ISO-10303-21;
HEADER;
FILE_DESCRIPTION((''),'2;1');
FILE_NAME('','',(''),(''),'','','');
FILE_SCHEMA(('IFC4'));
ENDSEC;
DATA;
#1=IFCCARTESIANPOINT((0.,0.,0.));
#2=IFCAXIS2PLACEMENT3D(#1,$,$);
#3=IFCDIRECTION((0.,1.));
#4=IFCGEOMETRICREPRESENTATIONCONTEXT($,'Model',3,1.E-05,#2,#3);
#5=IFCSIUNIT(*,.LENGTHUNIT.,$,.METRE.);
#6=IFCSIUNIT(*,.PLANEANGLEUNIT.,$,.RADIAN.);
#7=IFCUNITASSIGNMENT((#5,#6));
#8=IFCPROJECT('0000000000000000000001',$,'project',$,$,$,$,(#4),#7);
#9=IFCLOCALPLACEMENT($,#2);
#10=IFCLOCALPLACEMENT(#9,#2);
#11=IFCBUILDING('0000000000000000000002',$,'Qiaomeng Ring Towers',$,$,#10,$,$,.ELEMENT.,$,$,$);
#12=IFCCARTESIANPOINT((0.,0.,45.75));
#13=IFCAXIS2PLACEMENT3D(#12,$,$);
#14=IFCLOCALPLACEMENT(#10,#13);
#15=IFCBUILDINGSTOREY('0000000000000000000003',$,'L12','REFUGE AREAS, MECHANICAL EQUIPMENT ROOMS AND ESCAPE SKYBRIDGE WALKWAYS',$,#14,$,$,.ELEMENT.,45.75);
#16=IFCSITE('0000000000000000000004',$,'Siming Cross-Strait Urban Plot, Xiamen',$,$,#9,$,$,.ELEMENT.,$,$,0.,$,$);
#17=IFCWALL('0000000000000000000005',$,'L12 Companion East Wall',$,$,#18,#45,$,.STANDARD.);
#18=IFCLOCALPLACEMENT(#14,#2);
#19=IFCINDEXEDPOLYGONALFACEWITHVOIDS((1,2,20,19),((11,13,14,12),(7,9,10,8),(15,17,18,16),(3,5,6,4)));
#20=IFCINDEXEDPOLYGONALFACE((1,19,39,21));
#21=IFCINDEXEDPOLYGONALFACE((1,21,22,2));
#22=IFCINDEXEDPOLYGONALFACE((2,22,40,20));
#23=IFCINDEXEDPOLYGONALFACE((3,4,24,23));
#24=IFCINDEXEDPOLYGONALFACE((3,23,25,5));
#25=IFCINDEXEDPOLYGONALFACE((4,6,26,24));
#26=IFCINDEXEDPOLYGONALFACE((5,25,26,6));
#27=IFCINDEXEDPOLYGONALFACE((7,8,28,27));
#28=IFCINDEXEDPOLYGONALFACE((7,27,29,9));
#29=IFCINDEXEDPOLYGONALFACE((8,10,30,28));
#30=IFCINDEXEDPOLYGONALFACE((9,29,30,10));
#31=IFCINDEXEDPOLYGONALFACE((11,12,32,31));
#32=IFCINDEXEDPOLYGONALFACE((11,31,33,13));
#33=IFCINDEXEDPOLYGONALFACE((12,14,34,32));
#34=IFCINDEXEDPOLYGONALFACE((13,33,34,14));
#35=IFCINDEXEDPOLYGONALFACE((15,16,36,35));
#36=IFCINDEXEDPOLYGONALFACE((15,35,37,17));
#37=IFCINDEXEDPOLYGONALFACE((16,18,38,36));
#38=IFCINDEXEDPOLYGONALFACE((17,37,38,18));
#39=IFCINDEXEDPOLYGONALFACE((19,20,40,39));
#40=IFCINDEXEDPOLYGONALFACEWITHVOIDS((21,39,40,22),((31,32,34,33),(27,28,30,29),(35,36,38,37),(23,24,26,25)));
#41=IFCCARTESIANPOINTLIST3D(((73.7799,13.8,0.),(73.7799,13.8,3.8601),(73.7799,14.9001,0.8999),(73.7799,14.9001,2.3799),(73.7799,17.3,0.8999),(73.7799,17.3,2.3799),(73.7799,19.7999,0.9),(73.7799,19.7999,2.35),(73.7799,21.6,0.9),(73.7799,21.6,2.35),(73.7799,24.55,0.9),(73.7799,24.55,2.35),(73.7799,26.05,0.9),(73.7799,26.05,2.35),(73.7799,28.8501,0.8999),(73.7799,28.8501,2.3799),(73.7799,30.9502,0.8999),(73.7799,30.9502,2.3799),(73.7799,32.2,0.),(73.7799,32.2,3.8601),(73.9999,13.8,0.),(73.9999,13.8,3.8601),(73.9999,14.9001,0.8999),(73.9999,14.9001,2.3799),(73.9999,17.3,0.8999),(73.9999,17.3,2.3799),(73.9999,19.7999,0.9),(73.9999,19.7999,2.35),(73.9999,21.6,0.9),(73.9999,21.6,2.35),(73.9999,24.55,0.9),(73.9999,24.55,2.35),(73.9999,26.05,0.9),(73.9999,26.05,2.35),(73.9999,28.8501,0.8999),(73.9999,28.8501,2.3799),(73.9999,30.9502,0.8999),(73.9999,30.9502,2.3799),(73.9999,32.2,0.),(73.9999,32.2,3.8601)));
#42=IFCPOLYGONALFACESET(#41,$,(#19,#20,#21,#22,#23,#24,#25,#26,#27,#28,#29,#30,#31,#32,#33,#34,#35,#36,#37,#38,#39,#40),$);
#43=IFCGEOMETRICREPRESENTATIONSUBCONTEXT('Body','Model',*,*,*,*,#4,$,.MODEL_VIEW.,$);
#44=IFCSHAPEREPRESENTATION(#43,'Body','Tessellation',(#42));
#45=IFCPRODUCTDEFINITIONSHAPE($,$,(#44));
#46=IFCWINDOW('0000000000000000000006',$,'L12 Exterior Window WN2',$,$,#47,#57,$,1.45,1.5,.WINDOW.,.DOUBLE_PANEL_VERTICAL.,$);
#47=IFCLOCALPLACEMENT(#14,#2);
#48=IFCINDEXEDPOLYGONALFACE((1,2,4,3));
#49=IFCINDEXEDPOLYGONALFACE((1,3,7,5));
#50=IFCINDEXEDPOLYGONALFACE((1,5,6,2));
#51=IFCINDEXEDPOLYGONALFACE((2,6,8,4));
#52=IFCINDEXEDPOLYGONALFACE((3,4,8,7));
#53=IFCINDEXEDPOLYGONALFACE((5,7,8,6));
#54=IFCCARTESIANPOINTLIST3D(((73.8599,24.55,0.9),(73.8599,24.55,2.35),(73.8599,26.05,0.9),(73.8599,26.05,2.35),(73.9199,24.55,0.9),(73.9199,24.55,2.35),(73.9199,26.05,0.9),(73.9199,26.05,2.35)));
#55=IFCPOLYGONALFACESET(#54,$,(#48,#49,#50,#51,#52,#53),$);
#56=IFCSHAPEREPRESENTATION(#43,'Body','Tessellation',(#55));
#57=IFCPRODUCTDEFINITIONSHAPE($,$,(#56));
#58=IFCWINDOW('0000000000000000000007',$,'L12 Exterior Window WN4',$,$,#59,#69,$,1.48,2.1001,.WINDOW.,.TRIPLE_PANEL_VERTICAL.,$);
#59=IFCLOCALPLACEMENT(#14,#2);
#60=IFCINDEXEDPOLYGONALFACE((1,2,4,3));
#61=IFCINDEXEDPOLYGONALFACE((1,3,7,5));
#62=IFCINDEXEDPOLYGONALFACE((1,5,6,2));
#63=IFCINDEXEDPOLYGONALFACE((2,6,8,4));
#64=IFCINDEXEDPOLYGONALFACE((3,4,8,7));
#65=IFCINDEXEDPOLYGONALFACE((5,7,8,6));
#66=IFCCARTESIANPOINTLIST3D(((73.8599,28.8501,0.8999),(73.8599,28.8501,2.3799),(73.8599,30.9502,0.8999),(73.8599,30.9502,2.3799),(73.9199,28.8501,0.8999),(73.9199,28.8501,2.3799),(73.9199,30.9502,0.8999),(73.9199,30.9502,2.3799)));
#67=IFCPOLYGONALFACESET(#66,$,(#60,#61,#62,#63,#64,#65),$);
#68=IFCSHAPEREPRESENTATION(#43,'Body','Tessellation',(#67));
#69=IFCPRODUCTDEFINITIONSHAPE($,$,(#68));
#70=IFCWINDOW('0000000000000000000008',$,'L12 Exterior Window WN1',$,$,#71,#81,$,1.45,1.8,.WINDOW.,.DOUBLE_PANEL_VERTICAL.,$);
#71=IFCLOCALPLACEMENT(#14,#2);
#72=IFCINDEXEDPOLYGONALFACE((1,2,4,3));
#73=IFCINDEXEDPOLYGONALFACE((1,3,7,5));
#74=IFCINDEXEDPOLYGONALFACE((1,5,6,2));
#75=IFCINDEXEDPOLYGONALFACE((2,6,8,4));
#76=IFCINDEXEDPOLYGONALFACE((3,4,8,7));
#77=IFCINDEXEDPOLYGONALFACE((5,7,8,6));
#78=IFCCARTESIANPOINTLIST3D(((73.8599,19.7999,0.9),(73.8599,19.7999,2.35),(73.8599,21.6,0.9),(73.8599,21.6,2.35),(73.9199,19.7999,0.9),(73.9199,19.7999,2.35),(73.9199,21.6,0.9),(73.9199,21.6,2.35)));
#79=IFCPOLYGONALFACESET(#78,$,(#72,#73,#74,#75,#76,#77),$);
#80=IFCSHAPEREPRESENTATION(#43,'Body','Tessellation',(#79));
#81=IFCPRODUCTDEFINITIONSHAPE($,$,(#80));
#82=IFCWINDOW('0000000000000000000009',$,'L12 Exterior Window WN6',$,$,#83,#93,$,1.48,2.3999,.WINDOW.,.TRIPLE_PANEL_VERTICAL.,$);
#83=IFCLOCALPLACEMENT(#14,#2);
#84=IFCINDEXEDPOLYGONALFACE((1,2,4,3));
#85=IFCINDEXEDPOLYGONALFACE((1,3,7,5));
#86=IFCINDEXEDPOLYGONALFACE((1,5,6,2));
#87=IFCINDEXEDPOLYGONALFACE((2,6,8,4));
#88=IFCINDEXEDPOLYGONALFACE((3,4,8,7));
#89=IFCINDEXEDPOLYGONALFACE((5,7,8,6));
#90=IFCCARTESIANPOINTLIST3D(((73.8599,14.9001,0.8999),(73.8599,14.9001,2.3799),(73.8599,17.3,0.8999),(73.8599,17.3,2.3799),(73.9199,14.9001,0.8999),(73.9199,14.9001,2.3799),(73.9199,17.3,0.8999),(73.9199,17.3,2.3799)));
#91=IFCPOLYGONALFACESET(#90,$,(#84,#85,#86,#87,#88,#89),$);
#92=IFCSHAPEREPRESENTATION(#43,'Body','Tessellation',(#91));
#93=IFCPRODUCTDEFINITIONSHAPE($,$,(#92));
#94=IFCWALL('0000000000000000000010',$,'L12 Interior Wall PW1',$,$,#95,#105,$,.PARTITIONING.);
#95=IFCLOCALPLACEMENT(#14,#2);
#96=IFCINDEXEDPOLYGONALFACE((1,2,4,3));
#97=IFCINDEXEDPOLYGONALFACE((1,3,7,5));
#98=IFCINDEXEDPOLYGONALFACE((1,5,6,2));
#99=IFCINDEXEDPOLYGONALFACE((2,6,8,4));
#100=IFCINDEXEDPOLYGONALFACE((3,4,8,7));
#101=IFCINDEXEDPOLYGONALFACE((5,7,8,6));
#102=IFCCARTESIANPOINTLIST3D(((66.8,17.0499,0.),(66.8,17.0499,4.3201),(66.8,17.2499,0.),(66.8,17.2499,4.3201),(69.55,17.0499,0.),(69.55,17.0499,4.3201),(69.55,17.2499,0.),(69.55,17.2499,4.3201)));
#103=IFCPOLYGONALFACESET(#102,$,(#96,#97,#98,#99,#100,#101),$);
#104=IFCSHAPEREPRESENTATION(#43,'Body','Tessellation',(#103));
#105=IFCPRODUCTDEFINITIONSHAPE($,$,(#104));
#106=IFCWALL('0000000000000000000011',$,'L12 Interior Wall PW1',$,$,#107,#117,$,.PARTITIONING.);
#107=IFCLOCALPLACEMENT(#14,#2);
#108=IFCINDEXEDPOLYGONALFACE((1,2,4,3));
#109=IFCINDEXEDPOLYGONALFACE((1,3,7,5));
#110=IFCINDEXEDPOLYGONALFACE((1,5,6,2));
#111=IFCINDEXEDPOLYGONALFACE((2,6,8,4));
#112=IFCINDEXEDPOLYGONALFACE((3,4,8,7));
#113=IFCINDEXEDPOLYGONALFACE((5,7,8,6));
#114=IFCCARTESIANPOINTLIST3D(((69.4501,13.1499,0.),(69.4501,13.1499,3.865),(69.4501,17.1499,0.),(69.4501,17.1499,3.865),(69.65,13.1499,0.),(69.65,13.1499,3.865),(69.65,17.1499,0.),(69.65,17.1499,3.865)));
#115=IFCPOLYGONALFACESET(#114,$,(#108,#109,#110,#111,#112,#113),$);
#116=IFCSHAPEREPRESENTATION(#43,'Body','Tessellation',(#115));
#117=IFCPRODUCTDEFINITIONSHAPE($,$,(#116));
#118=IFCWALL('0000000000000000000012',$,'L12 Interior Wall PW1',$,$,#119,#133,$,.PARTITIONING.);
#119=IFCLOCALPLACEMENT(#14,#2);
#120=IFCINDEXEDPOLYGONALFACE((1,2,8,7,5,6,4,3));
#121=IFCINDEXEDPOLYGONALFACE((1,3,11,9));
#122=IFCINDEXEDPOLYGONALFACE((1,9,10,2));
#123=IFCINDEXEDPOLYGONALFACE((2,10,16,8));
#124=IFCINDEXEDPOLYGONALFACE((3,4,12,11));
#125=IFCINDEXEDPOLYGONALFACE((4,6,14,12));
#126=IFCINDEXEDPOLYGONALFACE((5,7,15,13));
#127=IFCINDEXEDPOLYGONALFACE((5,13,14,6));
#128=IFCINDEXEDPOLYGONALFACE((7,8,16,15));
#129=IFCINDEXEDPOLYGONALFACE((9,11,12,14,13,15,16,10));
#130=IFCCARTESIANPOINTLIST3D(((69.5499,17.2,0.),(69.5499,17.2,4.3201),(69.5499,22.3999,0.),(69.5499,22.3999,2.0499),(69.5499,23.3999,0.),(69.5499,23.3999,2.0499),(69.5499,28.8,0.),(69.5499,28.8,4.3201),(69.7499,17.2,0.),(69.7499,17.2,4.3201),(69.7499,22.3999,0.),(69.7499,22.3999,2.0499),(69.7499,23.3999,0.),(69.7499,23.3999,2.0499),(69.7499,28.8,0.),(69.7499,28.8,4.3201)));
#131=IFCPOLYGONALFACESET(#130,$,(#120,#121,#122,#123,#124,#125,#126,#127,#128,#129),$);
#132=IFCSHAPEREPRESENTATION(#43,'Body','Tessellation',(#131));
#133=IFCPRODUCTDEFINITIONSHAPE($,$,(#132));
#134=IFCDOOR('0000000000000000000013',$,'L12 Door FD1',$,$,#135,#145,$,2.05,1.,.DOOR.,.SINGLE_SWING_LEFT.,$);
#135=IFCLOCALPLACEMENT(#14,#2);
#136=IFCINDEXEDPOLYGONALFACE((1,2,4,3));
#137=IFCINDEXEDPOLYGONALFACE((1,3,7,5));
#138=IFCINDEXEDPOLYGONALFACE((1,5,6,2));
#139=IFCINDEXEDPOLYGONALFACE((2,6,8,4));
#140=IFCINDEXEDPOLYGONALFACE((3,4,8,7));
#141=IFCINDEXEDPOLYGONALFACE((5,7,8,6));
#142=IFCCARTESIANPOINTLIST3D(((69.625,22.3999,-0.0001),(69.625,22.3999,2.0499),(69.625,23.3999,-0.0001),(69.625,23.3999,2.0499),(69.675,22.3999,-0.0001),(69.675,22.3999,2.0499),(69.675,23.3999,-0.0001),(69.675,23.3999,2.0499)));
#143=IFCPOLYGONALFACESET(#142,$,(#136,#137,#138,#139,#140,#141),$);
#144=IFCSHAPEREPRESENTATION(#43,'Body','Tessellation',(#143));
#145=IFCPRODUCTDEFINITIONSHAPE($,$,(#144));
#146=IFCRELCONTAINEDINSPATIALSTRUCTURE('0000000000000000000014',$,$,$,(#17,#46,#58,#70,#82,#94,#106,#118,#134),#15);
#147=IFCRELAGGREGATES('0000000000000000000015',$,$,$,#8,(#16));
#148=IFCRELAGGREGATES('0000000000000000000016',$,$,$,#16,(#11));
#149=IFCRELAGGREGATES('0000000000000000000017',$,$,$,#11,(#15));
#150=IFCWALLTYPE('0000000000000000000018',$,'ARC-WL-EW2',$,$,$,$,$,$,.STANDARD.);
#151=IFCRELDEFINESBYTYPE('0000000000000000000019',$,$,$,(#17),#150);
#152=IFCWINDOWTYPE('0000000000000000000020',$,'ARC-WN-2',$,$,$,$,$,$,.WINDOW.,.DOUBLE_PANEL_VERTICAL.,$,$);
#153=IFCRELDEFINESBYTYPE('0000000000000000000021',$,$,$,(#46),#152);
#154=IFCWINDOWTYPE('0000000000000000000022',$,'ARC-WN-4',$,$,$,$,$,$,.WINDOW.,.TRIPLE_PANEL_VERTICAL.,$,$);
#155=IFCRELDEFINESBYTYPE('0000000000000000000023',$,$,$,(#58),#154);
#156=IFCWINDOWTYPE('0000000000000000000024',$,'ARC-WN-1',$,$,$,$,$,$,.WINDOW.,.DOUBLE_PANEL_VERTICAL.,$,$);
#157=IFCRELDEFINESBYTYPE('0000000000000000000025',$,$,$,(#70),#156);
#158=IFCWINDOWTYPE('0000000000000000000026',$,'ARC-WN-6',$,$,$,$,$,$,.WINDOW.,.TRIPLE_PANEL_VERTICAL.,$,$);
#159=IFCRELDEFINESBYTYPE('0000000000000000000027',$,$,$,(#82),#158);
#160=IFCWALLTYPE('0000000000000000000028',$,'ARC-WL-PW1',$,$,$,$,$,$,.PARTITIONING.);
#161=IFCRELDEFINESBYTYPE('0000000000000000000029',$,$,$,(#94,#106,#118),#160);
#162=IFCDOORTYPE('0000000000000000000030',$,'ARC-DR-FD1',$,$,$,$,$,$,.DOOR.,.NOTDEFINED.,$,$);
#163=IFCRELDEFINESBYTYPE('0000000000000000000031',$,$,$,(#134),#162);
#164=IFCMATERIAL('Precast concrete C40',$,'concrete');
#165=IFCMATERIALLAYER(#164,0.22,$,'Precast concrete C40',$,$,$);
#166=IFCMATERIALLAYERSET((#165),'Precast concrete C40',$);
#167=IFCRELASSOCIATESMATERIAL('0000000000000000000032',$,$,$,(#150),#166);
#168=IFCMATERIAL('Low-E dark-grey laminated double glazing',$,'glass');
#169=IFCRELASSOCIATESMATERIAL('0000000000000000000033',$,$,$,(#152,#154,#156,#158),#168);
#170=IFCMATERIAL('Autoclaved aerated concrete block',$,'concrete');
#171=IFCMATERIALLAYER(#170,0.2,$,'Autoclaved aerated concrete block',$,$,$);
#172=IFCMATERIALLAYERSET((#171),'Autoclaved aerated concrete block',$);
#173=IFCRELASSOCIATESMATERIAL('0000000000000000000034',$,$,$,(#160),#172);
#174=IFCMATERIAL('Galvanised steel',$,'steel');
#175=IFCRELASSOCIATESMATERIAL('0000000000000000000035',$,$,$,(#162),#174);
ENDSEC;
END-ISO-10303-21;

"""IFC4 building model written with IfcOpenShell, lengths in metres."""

from ifc_helpers import new_model, si_unit, direction, frame, frame_2d, origin, place, context, subcontext, project, spatial, rectangle, extrude, source, transform, mapped, material, layer, layer_set, type_object, element, fill, save


model = new_model("IFC4")

# Units and contexts
model_context = context("Model", 3, precision=1e-05, world=origin(), true_north=direction((0.0, 1.0)))
body_context = subcontext(model_context, "Body", "Model", "MODEL_VIEW")
ifc_project = project(units=[si_unit("LENGTHUNIT", "METRE"), si_unit("PLANEANGLEUNIT", "RADIAN")], contexts=[model_context])

# Site, building, storey
site_placement = place(None, origin())
site = spatial("IfcSite", under=ifc_project, at=site_placement, Name="Siming Cross-Strait Urban Plot, Xiamen", CompositionType="ELEMENT", RefElevation=0.0)
building_placement = place(site_placement, origin())
building = spatial("IfcBuilding", under=site, at=building_placement, Name="Qiaomeng Ring Towers", CompositionType="ELEMENT")
storey_placement = place(building_placement, frame((0.0, 0.0, 45.75)))
storey = spatial("IfcBuildingStorey", under=building, at=storey_placement, Name="L12", Description="REFUGE AREAS, MECHANICAL EQUIPMENT ROOMS AND ESCAPE SKYBRIDGE WALKWAYS", CompositionType="ELEMENT", Elevation=45.75)

# Shared definitions
ifc_material_1 = material(Name="Low-E dark-grey laminated double glazing", Category="glass")

# Wall, openings, windows
ifc_material_2 = material(Name="Precast concrete C40", Category="concrete")
ifc_layer_1 = layer(ifc_material_2, 0.22, Name="Precast concrete C40")
ifc_layer_set_1 = layer_set([ifc_layer_1], Name="Precast concrete C40")
wall_type_1 = type_object("IfcWallType", Name="ARC-WL-EW2", PredefinedType="STANDARD", material=ifc_layer_set_1)
wall_1_placement = place(storey_placement, frame((73.8899, 13.8, 0.0), z_axis=(0.0, 0.0, 1.0), x_axis=(0.0, 1.0, 0.0)))
wall_1 = element("IfcWall", 1, at=wall_1_placement, inside=storey, type_object=wall_type_1, Name="L12 Companion East Wall", PredefinedType="STANDARD", context=body_context, shape_type="SweptSolid", body=[
    extrude(rectangle(XDim=18.3999, YDim=0.22, at=frame_2d((9.2, 0.0))), origin(), (0.0, 0.0, 1.0), 3.8601),
])
opening_1_placement = place(wall_1_placement, frame((1.1001, 0.0, 0.8999)))
opening_1 = element("IfcOpeningElement", 2, at=opening_1_placement, cuts=wall_1, PredefinedType="OPENING", context=body_context, shape_type="SweptSolid", body=[
    extrude(rectangle(XDim=2.3999, YDim=1.48, at=frame_2d((1.2, 0.74))), frame((0.0, 0.1199, 0.0), z_axis=(0.0, -1.0, 0.0), x_axis=(1.0, 0.0, 0.0)), (0.0, 0.0, 1.0), 0.24),
])
opening_2_placement = place(wall_1_placement, frame((6.0, 0.0, 0.8999)))
opening_2 = element("IfcOpeningElement", 3, at=opening_2_placement, cuts=wall_1, PredefinedType="OPENING", context=body_context, shape_type="SweptSolid", body=[
    extrude(rectangle(XDim=1.8, YDim=1.45, at=frame_2d((0.8999, 0.7251))), frame((0.0, 0.1199, 0.0), z_axis=(0.0, -1.0, 0.0), x_axis=(1.0, 0.0, 0.0)), (0.0, 0.0, 1.0), 0.24),
])
opening_3_placement = place(wall_1_placement, frame((10.75, 0.0, 0.8999)))
opening_3 = element("IfcOpeningElement", 4, at=opening_3_placement, cuts=wall_1, PredefinedType="OPENING", context=body_context, shape_type="SweptSolid", body=[
    extrude(rectangle(XDim=1.5, YDim=1.45, at=frame_2d((0.75, 0.7251))), frame((0.0, 0.1199, 0.0), z_axis=(0.0, -1.0, 0.0), x_axis=(1.0, 0.0, 0.0)), (0.0, 0.0, 1.0), 0.24),
])
opening_4_placement = place(wall_1_placement, frame((15.05, 0.0, 0.8999)))
opening_4 = element("IfcOpeningElement", 5, at=opening_4_placement, cuts=wall_1, PredefinedType="OPENING", context=body_context, shape_type="SweptSolid", body=[
    extrude(rectangle(XDim=2.1001, YDim=1.48, at=frame_2d((1.05, 0.74))), frame((0.0, 0.1199, 0.0), z_axis=(0.0, -1.0, 0.0), x_axis=(1.0, 0.0, 0.0)), (0.0, 0.0, 1.0), 0.24),
])
window_type_1 = type_object("IfcWindowType", Name="ARC-WN-2", PartitioningType="DOUBLE_PANEL_VERTICAL", PredefinedType="WINDOW", material=ifc_material_1)
shared_shape_1 = source(origin(), body_context, "Body", "SweptSolid", [
    extrude(rectangle(XDim=1.5, YDim=1.45, at=frame_2d((0.75, 0.7251))), frame((0.0, 0.03, 0.0), z_axis=(0.0, -1.0, 0.0), x_axis=(1.0, 0.0, 0.0)), (0.0, 0.0, 1.0), 0.0601),
])
window_1_placement = place(opening_3_placement, origin())
window_1 = element("IfcWindow", 6, at=window_1_placement, inside=storey, type_object=window_type_1, Name="L12 Exterior Window WN2", OverallHeight=1.45, OverallWidth=1.5, PartitioningType="DOUBLE_PANEL_VERTICAL", PredefinedType="WINDOW", context=body_context, shape_type="MappedRepresentation", body=[
    mapped(shared_shape_1, transform((0.0, 0.0, 0.0), x_axis=(1.0, 0.0, 0.0), y_axis=(0.0, 1.0, 0.0), z_axis=(0.0, 0.0, 1.0), scale=1.0)),
])
fill(opening_3, window_1)
window_type_2 = type_object("IfcWindowType", Name="ARC-WN-4", PartitioningType="TRIPLE_PANEL_VERTICAL", PredefinedType="WINDOW", material=ifc_material_1)
shared_shape_2 = source(origin(), body_context, "Body", "SweptSolid", [
    extrude(rectangle(XDim=2.1001, YDim=1.48, at=frame_2d((1.05, 0.74))), frame((0.0, 0.03, 0.0), z_axis=(0.0, -1.0, 0.0), x_axis=(1.0, 0.0, 0.0)), (0.0, 0.0, 1.0), 0.0601),
])
window_2_placement = place(opening_4_placement, origin())
window_2 = element("IfcWindow", 7, at=window_2_placement, inside=storey, type_object=window_type_2, Name="L12 Exterior Window WN4", OverallHeight=1.48, OverallWidth=2.1001, PartitioningType="TRIPLE_PANEL_VERTICAL", PredefinedType="WINDOW", context=body_context, shape_type="MappedRepresentation", body=[
    mapped(shared_shape_2, transform((0.0, 0.0, 0.0), x_axis=(1.0, 0.0, 0.0), y_axis=(0.0, 1.0, 0.0), z_axis=(0.0, 0.0, 1.0), scale=1.0)),
])
fill(opening_4, window_2)
window_type_3 = type_object("IfcWindowType", Name="ARC-WN-1", PartitioningType="DOUBLE_PANEL_VERTICAL", PredefinedType="WINDOW", material=ifc_material_1)
shared_shape_3 = source(origin(), body_context, "Body", "SweptSolid", [
    extrude(rectangle(XDim=1.8, YDim=1.45, at=frame_2d((0.8999, 0.7251))), frame((0.0, 0.03, 0.0), z_axis=(0.0, -1.0, 0.0), x_axis=(1.0, 0.0, 0.0)), (0.0, 0.0, 1.0), 0.0601),
])
window_3_placement = place(opening_2_placement, origin())
window_3 = element("IfcWindow", 8, at=window_3_placement, inside=storey, type_object=window_type_3, Name="L12 Exterior Window WN1", OverallHeight=1.45, OverallWidth=1.8, PartitioningType="DOUBLE_PANEL_VERTICAL", PredefinedType="WINDOW", context=body_context, shape_type="MappedRepresentation", body=[
    mapped(shared_shape_3, transform((0.0, 0.0, 0.0), x_axis=(1.0, 0.0, 0.0), y_axis=(0.0, 1.0, 0.0), z_axis=(0.0, 0.0, 1.0), scale=1.0)),
])
fill(opening_2, window_3)
window_type_4 = type_object("IfcWindowType", Name="ARC-WN-6", PartitioningType="TRIPLE_PANEL_VERTICAL", PredefinedType="WINDOW", material=ifc_material_1)
shared_shape_4 = source(origin(), body_context, "Body", "SweptSolid", [
    extrude(rectangle(XDim=2.3999, YDim=1.48, at=frame_2d((1.2, 0.74))), frame((0.0, 0.03, 0.0), z_axis=(0.0, -1.0, 0.0), x_axis=(1.0, 0.0, 0.0)), (0.0, 0.0, 1.0), 0.0601),
])
window_4_placement = place(opening_1_placement, origin())
window_4 = element("IfcWindow", 9, at=window_4_placement, inside=storey, type_object=window_type_4, Name="L12 Exterior Window WN6", OverallHeight=1.48, OverallWidth=2.3999, PartitioningType="TRIPLE_PANEL_VERTICAL", PredefinedType="WINDOW", context=body_context, shape_type="MappedRepresentation", body=[
    mapped(shared_shape_4, transform((0.0, 0.0, 0.0), x_axis=(1.0, 0.0, 0.0), y_axis=(0.0, 1.0, 0.0), z_axis=(0.0, 0.0, 1.0), scale=1.0)),
])
fill(opening_1, window_4)

# Walls
ifc_material_3 = material(Name="Autoclaved aerated concrete block", Category="concrete")
ifc_layer_2 = layer(ifc_material_3, 0.2, Name="Autoclaved aerated concrete block")
ifc_layer_set_2 = layer_set([ifc_layer_2], Name="Autoclaved aerated concrete block")
wall_type_2 = type_object("IfcWallType", Name="ARC-WL-PW1", PredefinedType="PARTITIONING", material=ifc_layer_set_2)
wall_2_placement = place(storey_placement, frame((66.8, 17.1499, 0.0), z_axis=(0.0, 0.0, 1.0), x_axis=(1.0, 0.0, 0.0)))
element("IfcWall", 10, at=wall_2_placement, inside=storey, type_object=wall_type_2, Name="L12 Interior Wall PW1", PredefinedType="PARTITIONING", context=body_context, shape_type="SweptSolid", body=[
    extrude(rectangle(XDim=2.75, YDim=0.2, at=frame_2d((1.375, 0.0))), origin(), (0.0, 0.0, 1.0), 4.3201),
])
wall_3_placement = place(storey_placement, frame((69.55, 13.1499, 0.0), z_axis=(0.0, 0.0, 1.0), x_axis=(0.0, 1.0, 0.0)))
element("IfcWall", 11, at=wall_3_placement, inside=storey, type_object=wall_type_2, Name="L12 Interior Wall PW1", PredefinedType="PARTITIONING", context=body_context, shape_type="SweptSolid", body=[
    extrude(rectangle(XDim=4.0, YDim=0.2, at=frame_2d((2.0, 0.0))), origin(), (0.0, 0.0, 1.0), 3.865),
])

# Wall, opening, door
wall_4_placement = place(storey_placement, frame((69.6499, 17.2, 0.0), z_axis=(0.0, 0.0, 1.0), x_axis=(0.0, 1.0, 0.0)))
wall_4 = element("IfcWall", 12, at=wall_4_placement, inside=storey, type_object=wall_type_2, Name="L12 Interior Wall PW1", PredefinedType="PARTITIONING", context=body_context, shape_type="SweptSolid", body=[
    extrude(rectangle(XDim=11.6001, YDim=0.2, at=frame_2d((5.8, 0.0))), origin(), (0.0, 0.0, 1.0), 4.3201),
])
opening_5_placement = place(wall_4_placement, frame((5.2, 0.0, 0.0)))
opening_5 = element("IfcOpeningElement", 13, at=opening_5_placement, cuts=wall_4, PredefinedType="OPENING", context=body_context, shape_type="SweptSolid", body=[
    extrude(rectangle(XDim=1.0, YDim=2.05, at=frame_2d((0.5, 1.0249))), frame((0.0, 0.1099, 0.0), z_axis=(0.0, -1.0, 0.0), x_axis=(1.0, 0.0, 0.0)), (0.0, 0.0, 1.0), 0.22),
])
ifc_material_4 = material(Name="Galvanised steel", Category="steel")
door_type = type_object("IfcDoorType", Name="ARC-DR-FD1", OperationType="NOTDEFINED", PredefinedType="DOOR", material=ifc_material_4)
shared_shape_5 = source(origin(), body_context, "Body", "SweptSolid", [
    extrude(rectangle(XDim=1.0, YDim=2.05, at=frame_2d((0.5, 1.0249))), frame((0.0, 0.0249, 0.0), z_axis=(0.0, -1.0, 0.0), x_axis=(1.0, 0.0, 0.0)), (0.0, 0.0, 1.0), 0.05),
])
door_placement = place(opening_5_placement, origin())
door = element("IfcDoor", 14, at=door_placement, inside=storey, type_object=door_type, Name="L12 Door FD1", OperationType="SINGLE_SWING_LEFT", OverallHeight=2.05, OverallWidth=1.0, PredefinedType="DOOR", context=body_context, shape_type="MappedRepresentation", body=[
    mapped(shared_shape_5, transform((0.0, 0.0, 0.0), x_axis=(1.0, 0.0, 0.0), y_axis=(0.0, 1.0, 0.0), z_axis=(0.0, 0.0, 1.0), scale=1.0)),
])
fill(opening_5, door)

save(model, "model.ifc")
